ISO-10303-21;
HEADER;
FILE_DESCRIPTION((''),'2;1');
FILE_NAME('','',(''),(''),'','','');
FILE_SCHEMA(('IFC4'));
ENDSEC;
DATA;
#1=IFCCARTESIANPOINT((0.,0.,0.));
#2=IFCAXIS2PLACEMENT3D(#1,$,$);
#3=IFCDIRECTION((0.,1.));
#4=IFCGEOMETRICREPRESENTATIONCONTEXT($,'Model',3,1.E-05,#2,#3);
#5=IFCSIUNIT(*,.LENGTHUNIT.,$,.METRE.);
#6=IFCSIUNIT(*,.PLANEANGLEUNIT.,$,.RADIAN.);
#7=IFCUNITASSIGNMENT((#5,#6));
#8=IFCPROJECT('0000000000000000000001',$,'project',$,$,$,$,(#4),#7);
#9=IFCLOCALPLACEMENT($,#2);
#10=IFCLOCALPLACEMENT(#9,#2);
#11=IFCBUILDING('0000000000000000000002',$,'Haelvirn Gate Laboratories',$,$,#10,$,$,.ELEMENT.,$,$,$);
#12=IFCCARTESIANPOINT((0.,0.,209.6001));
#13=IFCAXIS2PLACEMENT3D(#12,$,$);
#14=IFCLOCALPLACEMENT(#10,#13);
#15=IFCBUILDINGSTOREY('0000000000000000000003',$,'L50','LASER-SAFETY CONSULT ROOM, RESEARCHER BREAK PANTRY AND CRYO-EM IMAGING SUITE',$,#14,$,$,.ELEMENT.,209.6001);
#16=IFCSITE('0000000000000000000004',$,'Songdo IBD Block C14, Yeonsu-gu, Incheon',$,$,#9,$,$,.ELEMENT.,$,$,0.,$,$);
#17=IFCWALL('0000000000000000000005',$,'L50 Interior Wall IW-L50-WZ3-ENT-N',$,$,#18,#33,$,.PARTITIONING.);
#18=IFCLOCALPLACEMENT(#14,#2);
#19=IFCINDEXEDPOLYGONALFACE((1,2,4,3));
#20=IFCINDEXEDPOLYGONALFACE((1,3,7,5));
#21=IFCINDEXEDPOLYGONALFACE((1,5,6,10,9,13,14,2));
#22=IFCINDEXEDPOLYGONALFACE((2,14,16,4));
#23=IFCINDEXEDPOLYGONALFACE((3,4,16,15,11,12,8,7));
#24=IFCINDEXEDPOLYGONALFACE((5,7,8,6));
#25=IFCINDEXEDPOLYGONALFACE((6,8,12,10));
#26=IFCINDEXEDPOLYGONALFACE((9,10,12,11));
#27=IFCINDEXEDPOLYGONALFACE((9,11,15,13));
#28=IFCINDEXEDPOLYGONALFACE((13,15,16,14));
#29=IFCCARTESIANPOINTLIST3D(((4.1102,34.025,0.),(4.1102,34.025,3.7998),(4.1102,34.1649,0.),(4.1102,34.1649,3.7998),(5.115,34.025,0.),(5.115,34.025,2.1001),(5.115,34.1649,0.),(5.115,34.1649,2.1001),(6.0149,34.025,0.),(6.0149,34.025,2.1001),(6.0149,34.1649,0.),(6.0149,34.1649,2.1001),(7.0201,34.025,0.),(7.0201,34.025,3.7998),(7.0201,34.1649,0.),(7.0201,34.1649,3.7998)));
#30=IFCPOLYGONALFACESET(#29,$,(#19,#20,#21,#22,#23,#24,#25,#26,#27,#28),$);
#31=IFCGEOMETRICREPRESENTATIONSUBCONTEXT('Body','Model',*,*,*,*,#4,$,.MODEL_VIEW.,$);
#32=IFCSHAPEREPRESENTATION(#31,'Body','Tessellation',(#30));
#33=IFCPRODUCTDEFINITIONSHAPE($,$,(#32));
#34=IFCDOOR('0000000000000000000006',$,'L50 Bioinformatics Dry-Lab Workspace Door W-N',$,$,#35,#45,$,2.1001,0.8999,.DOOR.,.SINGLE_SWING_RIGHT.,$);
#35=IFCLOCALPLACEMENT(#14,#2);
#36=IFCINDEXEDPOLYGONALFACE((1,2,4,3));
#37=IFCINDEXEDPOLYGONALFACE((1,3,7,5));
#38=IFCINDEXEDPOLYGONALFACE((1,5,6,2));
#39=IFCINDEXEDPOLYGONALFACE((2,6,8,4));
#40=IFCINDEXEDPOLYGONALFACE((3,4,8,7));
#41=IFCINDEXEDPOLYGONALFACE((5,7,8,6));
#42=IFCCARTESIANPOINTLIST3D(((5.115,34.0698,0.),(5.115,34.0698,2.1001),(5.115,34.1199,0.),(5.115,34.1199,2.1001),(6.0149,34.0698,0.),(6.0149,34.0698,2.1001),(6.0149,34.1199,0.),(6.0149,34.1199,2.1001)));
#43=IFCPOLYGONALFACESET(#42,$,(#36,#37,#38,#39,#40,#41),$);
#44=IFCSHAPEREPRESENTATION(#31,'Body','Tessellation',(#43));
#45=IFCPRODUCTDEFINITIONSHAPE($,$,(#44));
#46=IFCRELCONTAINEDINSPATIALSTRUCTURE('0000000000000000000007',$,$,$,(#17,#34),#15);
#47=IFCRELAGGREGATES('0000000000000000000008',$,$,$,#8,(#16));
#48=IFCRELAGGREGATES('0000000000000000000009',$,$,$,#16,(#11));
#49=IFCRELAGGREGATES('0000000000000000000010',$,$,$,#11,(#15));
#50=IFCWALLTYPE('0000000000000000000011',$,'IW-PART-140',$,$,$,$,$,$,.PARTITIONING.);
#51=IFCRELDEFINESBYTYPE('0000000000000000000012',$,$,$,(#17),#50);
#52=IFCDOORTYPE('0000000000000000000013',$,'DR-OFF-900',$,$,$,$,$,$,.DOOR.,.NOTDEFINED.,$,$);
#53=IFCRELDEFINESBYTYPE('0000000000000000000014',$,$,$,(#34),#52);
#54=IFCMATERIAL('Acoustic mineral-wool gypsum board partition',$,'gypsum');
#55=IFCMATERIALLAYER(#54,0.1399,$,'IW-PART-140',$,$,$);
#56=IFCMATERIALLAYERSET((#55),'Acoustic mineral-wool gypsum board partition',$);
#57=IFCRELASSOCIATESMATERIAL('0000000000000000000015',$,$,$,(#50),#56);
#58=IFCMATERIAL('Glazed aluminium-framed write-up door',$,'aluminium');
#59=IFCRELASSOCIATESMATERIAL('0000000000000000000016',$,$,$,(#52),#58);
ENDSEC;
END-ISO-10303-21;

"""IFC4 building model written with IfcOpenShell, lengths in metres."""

from ifc_helpers import new_model, si_unit, direction, frame, frame_2d, origin, place, context, subcontext, project, spatial, rectangle, extrude, source, transform, mapped, material, layer, layer_set, type_object, type_shapes, element, fill, save


model = new_model("IFC4")

# Units and contexts
model_context = context("Model", 3, precision=1e-05, world=origin(), true_north=direction((0.0, 1.0)))
body_context = subcontext(model_context, "Body", "Model", "MODEL_VIEW")
ifc_project = project(units=[si_unit("LENGTHUNIT", "METRE"), si_unit("PLANEANGLEUNIT", "RADIAN")], contexts=[model_context])

# Site, building, storey
site_placement = place(None, origin())
site = spatial("IfcSite", under=ifc_project, at=site_placement, Name="Songdo IBD Block C14, Yeonsu-gu, Incheon", CompositionType="ELEMENT", RefElevation=0.0)
building_placement = place(site_placement, origin())
building = spatial("IfcBuilding", under=site, at=building_placement, Name="Haelvirn Gate Laboratories", CompositionType="ELEMENT")
storey_placement = place(building_placement, frame((0.0, 0.0, 209.6001)))
storey = spatial("IfcBuildingStorey", under=building, at=storey_placement, Name="L50", Description="LASER-SAFETY CONSULT ROOM, RESEARCHER BREAK PANTRY AND CRYO-EM IMAGING SUITE", CompositionType="ELEMENT", Elevation=209.6001)

# Wall, opening, door
ifc_material_1 = material(Name="Acoustic mineral-wool gypsum board partition", Category="gypsum")
ifc_layer_1 = layer(ifc_material_1, 0.1399, Name="IW-PART-140")
ifc_layer_set_1 = layer_set([ifc_layer_1], Name="Acoustic mineral-wool gypsum board partition")
wall_type_1 = type_object("IfcWallType", Name="IW-PART-140", PredefinedType="PARTITIONING", material=ifc_layer_set_1)
wall_1_placement = place(storey_placement, frame((4.1101, 34.095, 0.0), z_axis=(0.0, 0.0, 1.0), x_axis=(1.0, 0.0, 0.0)))
wall_1 = element("IfcWall", 1, at=wall_1_placement, inside=storey, type_object=wall_type_1, Name="L50 Interior Wall IW-L50-WZ3-ENT-N", PredefinedType="PARTITIONING", context=body_context, shape_type="SweptSolid", body=[
    extrude(rectangle(XDim=2.9099, YDim=0.1399, at=frame_2d((1.4551, 0.0))), origin(), (0.0, 0.0, 1.0), 3.7998),
])
opening_1_placement = place(wall_1_placement, frame((1.0049, 0.0, 0.0)))
opening_1 = element("IfcOpeningElement", 2, at=opening_1_placement, cuts=wall_1, PredefinedType="OPENING", context=body_context, shape_type="SweptSolid", body=[
    extrude(rectangle(XDim=0.8999, YDim=2.1001, at=frame_2d((0.45, 1.05))), frame((0.0, 0.0801, 0.0), z_axis=(0.0, -1.0, 0.0), x_axis=(1.0, 0.0, 0.0)), (0.0, 0.0, 1.0), 0.1599),
])
ifc_material_2 = material(Name="Glazed aluminium-framed write-up door", Category="aluminium")
door_type_1 = type_object("IfcDoorType", Name="DR-OFF-900", OperationType="NOTDEFINED", PredefinedType="DOOR", material=ifc_material_2)
shared_shape_1 = source(origin(), body_context, "Body", "SweptSolid", [
    extrude(rectangle(XDim=0.8999, YDim=2.1001, at=frame_2d((0.45, 1.05))), frame((0.0, 0.0249, 0.0), z_axis=(0.0, -1.0, 0.0), x_axis=(1.0, 0.0, 0.0)), (0.0, 0.0, 1.0), 0.05),
])
type_shapes(door_type_1, [shared_shape_1])
door_1_placement = place(opening_1_placement, origin())
door_1 = element("IfcDoor", 3, at=door_1_placement, inside=storey, type_object=door_type_1, Name="L50 Bioinformatics Dry-Lab Workspace Door W-N", OperationType="SINGLE_SWING_RIGHT", OverallHeight=2.1001, OverallWidth=0.8999, PredefinedType="DOOR", context=body_context, shape_type="MappedRepresentation", body=[
    mapped(shared_shape_1, transform((0.0, 0.0, 0.0), scale=1.0)),
])
fill(opening_1, door_1)

save(model, "model.ifc")
